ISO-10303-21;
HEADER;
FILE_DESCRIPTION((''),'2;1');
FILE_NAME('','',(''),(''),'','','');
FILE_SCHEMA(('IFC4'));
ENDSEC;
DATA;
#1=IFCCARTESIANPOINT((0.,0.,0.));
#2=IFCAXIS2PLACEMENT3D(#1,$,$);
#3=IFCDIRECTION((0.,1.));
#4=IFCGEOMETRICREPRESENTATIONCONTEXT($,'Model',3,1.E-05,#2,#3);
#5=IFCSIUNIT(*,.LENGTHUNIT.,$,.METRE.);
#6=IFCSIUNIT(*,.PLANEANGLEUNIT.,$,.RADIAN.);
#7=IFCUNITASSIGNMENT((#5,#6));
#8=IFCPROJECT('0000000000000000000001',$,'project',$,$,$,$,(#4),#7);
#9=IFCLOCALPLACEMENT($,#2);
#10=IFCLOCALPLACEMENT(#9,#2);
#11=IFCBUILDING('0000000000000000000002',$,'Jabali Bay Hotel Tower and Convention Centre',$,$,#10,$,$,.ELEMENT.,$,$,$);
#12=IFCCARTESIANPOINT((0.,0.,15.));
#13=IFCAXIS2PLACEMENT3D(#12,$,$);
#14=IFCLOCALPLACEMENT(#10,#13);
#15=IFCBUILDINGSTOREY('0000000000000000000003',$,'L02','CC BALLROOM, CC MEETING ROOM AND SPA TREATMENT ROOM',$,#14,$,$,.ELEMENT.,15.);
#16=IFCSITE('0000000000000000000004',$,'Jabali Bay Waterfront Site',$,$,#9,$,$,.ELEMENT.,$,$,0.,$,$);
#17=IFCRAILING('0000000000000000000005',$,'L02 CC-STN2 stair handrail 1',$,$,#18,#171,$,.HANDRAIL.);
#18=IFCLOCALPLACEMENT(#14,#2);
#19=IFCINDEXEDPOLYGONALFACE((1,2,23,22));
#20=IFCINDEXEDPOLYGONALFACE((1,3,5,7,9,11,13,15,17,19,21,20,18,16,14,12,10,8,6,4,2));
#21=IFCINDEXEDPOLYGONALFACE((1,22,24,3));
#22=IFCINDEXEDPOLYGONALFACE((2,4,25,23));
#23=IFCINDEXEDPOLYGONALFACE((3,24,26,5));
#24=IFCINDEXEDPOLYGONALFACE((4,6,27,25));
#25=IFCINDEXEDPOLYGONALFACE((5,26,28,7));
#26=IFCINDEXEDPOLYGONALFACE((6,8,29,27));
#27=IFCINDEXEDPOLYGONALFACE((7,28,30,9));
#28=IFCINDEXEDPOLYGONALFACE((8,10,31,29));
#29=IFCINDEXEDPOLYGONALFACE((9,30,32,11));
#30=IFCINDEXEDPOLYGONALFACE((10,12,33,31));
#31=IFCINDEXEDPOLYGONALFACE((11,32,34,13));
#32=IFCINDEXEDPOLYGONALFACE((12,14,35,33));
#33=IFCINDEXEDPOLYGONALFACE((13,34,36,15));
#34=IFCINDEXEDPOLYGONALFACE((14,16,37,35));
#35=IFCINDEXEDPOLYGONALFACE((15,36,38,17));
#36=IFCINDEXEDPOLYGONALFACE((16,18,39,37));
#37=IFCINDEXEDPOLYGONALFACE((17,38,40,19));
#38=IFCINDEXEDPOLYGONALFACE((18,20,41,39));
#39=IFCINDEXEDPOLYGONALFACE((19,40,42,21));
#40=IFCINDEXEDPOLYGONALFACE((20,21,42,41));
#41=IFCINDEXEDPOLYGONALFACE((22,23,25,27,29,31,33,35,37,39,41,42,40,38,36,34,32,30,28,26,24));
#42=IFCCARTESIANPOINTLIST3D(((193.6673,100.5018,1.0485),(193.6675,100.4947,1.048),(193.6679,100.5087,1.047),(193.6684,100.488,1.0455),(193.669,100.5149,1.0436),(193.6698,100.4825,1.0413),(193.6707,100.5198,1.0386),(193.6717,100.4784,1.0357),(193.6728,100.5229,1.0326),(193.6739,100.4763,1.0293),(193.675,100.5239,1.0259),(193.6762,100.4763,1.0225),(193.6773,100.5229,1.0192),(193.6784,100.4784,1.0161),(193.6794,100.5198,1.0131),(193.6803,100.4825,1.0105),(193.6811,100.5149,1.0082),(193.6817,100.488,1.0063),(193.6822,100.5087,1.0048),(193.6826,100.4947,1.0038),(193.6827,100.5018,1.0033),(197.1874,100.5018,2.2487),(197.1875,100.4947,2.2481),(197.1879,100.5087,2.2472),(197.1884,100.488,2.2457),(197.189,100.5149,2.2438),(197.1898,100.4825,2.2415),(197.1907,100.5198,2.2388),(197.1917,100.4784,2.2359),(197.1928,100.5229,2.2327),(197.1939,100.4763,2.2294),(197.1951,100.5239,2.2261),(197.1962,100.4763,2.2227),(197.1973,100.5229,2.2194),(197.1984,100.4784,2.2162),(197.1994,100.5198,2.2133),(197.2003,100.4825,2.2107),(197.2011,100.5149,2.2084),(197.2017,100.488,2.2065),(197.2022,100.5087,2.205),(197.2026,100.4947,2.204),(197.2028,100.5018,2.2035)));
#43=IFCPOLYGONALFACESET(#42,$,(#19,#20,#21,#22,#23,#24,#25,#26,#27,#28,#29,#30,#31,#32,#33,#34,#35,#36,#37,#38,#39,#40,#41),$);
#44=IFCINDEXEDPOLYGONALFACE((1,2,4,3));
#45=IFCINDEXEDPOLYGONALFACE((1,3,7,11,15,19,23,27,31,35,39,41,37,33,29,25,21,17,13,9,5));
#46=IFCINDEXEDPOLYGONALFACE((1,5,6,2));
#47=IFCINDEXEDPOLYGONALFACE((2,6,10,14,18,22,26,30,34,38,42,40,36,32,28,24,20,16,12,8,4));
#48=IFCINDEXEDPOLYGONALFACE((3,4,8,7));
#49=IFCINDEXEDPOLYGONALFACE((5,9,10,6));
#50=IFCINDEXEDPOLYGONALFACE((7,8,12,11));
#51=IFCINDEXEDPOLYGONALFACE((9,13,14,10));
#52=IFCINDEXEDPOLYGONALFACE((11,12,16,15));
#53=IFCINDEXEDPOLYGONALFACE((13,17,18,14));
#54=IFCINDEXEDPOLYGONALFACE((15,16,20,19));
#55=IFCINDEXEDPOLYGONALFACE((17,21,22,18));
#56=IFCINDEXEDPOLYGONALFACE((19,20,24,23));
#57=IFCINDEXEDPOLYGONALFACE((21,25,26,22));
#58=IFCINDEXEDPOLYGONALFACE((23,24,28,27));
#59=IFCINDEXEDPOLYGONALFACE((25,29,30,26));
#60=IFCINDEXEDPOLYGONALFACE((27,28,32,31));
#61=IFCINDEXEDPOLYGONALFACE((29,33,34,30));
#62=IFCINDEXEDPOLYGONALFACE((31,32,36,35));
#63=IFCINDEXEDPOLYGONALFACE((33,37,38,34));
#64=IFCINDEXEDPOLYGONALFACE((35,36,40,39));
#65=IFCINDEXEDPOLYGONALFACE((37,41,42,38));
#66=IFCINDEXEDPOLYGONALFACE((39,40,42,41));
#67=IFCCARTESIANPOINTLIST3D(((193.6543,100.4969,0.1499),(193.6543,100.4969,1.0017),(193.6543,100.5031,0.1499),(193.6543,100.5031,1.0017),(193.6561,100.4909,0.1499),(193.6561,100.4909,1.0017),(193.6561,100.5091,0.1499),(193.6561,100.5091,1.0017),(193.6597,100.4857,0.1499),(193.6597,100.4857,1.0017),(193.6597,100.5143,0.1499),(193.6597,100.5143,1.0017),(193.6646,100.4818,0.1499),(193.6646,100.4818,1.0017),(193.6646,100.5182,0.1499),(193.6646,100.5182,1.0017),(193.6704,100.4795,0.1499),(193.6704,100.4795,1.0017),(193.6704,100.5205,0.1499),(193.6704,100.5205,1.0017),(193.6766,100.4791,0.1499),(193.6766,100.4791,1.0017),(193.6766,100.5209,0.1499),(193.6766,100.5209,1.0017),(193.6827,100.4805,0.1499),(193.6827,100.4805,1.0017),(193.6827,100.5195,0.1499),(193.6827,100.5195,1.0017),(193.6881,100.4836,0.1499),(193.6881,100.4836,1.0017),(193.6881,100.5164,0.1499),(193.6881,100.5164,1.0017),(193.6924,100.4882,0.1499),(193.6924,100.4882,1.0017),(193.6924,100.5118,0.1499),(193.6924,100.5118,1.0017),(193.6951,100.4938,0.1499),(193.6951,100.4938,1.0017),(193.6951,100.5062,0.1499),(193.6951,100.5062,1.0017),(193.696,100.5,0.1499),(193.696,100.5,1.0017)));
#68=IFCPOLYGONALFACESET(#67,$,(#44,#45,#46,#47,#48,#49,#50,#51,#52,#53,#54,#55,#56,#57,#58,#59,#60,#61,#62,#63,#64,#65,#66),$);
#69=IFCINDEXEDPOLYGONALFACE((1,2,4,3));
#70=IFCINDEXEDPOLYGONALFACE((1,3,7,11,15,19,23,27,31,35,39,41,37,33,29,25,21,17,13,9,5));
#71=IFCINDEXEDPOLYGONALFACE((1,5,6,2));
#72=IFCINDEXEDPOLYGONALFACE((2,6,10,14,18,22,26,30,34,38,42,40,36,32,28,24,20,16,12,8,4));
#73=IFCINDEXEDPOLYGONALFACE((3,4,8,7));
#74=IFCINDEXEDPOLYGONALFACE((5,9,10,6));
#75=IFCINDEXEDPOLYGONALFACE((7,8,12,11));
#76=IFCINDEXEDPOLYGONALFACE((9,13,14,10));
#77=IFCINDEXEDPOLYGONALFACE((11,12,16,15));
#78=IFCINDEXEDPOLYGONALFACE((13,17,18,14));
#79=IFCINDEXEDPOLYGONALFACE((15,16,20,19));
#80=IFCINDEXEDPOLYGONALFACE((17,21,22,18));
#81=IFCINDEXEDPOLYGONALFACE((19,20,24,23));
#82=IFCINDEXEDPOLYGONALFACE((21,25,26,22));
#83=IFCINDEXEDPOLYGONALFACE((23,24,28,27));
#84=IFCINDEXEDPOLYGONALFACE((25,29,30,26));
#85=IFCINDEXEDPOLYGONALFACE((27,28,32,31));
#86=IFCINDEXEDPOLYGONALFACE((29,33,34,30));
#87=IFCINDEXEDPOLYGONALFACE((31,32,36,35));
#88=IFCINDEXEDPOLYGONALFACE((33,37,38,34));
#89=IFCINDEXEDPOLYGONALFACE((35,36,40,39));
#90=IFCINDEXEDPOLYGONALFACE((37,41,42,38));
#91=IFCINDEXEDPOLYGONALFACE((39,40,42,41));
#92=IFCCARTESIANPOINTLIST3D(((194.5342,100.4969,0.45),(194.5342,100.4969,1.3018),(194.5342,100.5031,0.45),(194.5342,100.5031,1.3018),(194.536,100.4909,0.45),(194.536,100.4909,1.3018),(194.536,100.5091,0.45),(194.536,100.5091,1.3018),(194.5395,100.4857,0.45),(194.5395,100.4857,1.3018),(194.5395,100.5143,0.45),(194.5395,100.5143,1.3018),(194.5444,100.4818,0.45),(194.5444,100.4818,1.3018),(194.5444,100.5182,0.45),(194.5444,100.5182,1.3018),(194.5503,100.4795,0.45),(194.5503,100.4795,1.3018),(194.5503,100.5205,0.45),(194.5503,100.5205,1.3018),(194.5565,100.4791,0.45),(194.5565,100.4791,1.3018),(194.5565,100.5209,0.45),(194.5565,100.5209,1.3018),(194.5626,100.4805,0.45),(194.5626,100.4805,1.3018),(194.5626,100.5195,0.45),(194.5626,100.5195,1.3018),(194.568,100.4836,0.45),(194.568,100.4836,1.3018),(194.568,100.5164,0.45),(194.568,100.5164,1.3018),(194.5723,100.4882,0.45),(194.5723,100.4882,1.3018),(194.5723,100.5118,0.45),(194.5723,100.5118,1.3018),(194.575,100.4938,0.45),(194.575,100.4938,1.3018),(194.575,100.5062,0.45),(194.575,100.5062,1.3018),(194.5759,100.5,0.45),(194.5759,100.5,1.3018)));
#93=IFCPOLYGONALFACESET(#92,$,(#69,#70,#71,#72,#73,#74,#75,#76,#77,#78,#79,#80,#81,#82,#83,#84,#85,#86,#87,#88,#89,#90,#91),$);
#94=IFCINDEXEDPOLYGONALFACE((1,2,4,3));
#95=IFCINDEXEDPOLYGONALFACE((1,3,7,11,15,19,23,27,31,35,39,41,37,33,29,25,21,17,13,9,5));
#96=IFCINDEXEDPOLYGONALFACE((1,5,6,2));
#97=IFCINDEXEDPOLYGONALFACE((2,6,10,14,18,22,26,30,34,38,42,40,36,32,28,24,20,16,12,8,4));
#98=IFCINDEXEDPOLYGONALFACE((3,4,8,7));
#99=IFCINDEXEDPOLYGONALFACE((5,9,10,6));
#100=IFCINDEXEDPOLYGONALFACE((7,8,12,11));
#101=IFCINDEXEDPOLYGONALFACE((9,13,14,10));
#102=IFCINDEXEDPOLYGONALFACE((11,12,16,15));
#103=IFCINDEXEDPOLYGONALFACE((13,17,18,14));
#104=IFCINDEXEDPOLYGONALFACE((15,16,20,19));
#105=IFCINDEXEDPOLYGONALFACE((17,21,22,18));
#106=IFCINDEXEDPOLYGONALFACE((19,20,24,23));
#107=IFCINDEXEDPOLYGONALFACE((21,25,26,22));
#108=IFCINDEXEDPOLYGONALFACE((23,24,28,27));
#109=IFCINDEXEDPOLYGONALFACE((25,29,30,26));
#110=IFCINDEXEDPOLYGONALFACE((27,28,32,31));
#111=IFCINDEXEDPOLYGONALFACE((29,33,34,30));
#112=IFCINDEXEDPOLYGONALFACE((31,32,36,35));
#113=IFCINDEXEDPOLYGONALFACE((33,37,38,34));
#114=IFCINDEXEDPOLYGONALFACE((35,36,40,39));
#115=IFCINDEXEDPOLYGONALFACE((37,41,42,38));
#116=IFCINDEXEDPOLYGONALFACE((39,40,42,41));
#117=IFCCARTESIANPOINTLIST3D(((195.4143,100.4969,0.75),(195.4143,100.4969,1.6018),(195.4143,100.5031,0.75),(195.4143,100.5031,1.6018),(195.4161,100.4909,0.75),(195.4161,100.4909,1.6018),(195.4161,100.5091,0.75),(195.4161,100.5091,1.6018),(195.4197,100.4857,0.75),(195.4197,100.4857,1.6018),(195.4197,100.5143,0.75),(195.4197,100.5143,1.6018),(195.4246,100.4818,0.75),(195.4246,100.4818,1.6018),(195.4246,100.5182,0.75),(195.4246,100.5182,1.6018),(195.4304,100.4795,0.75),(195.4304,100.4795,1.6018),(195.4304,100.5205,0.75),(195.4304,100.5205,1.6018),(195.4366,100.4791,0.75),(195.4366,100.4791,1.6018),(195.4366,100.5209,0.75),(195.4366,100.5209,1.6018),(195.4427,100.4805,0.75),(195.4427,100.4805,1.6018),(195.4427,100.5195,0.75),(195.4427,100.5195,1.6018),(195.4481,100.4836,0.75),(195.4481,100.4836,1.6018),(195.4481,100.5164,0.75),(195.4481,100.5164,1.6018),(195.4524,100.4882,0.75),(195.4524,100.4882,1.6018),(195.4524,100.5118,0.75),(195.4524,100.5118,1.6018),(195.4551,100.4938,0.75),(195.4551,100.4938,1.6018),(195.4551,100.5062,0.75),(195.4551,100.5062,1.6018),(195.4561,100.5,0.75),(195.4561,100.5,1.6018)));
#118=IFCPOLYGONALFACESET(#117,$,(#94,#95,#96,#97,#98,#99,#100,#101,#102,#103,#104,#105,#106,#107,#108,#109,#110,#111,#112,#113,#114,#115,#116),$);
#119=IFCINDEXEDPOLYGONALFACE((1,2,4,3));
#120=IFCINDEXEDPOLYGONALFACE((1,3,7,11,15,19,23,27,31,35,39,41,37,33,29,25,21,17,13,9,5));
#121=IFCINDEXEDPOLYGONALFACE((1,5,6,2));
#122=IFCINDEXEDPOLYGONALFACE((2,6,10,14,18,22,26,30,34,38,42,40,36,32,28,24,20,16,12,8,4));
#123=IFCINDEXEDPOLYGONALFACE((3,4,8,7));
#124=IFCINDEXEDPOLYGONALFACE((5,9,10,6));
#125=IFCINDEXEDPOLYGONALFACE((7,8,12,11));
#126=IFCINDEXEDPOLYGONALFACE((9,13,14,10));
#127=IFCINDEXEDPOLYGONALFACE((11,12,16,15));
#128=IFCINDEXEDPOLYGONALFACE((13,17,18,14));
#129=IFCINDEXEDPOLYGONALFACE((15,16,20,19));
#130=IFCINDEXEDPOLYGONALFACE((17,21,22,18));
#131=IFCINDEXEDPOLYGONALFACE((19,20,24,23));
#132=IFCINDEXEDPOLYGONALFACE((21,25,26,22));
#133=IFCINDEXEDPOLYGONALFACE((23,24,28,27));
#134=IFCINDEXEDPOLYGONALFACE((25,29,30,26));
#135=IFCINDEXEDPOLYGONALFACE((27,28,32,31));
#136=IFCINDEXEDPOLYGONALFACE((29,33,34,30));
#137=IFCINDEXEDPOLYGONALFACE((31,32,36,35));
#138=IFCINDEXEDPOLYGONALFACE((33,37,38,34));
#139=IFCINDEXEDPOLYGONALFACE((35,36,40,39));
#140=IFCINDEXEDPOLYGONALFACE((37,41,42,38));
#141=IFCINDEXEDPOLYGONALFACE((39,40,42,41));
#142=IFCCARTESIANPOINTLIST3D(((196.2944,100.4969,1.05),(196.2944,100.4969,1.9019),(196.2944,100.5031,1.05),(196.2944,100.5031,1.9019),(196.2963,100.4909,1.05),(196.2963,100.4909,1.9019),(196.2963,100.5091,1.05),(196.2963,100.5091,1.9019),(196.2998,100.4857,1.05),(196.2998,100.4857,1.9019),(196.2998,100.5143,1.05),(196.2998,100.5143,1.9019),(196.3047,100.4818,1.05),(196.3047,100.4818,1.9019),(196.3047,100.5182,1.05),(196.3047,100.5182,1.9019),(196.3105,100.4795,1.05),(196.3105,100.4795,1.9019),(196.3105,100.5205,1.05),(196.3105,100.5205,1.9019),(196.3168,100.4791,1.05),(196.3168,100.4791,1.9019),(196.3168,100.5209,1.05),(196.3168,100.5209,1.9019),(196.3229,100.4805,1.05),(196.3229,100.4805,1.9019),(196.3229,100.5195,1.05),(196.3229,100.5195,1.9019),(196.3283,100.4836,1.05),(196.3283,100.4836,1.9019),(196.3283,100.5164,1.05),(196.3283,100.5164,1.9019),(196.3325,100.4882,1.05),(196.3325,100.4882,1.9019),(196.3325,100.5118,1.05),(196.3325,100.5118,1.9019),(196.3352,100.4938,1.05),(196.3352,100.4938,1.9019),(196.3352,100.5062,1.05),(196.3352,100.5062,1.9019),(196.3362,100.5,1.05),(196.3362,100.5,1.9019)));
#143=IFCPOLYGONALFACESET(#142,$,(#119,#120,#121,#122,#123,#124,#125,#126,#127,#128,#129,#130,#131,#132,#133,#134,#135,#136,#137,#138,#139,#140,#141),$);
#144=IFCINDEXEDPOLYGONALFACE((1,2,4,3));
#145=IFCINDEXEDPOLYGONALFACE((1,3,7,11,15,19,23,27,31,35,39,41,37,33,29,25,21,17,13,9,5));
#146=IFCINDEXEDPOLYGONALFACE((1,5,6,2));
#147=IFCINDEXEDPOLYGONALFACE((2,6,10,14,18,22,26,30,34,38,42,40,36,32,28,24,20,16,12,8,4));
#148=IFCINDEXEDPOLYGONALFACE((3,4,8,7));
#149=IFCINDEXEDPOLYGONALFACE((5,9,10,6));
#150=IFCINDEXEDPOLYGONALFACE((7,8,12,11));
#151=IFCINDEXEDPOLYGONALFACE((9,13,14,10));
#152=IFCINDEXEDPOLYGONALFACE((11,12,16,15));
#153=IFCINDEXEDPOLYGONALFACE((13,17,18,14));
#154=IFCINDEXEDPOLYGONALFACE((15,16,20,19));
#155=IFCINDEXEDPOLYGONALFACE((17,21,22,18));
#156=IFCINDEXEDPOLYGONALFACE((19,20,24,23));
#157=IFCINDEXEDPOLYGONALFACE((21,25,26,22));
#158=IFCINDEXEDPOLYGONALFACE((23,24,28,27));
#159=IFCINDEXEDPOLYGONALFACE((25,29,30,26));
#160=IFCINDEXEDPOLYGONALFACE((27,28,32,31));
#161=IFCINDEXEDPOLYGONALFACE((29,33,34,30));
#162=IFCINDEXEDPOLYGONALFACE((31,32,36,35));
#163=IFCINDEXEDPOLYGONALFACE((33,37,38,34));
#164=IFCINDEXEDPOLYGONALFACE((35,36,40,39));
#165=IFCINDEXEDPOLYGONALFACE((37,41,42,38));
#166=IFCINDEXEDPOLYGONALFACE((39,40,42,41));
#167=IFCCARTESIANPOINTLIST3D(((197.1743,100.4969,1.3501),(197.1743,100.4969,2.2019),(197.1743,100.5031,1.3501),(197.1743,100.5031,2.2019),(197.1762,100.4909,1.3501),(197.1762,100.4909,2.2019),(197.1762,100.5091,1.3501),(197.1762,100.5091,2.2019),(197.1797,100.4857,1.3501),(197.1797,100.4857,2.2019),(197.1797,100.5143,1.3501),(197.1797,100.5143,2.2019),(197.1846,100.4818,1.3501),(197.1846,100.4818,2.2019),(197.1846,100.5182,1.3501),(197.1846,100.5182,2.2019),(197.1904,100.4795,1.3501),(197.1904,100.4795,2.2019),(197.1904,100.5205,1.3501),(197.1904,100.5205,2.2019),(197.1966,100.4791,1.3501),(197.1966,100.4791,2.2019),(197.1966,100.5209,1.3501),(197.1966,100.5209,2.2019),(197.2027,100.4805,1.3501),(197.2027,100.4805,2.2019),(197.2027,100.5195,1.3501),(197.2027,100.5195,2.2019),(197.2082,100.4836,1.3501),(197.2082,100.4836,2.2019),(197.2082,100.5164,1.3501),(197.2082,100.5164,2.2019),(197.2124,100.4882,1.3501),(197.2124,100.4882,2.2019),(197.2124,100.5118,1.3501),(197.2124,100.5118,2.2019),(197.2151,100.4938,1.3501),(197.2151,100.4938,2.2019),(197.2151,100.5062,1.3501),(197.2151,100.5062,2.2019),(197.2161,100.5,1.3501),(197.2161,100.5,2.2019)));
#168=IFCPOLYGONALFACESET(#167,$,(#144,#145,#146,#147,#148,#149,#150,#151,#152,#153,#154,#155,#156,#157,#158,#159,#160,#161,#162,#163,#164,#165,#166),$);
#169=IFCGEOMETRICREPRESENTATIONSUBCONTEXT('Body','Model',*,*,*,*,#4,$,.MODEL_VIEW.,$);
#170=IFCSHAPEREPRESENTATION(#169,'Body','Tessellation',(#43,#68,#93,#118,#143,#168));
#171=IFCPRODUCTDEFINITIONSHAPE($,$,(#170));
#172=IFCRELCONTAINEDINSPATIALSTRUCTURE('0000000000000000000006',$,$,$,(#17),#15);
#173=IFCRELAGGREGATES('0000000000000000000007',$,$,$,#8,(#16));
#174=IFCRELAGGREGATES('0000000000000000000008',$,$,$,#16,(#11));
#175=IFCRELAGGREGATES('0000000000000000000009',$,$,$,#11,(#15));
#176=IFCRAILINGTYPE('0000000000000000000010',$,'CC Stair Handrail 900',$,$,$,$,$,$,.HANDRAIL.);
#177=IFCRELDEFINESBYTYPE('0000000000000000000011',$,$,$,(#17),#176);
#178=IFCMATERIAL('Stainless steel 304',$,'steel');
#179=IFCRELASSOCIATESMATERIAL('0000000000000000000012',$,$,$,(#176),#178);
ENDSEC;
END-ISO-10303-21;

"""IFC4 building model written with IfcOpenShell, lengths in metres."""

from ifc_helpers import new_model, si_unit, direction, frame, origin, origin_2d, place, context, subcontext, project, spatial, circle, extrude, material, type_object, element, save


model = new_model("IFC4")

# Units and contexts
model_context = context("Model", 3, precision=1e-05, world=origin(), true_north=direction((0.0, 1.0)))
body_context = subcontext(model_context, "Body", "Model", "MODEL_VIEW")
ifc_project = project(units=[si_unit("LENGTHUNIT", "METRE"), si_unit("PLANEANGLEUNIT", "RADIAN")], contexts=[model_context])

# Site, building, storey
site_placement = place(None, origin())
site = spatial("IfcSite", under=ifc_project, at=site_placement, Name="Jabali Bay Waterfront Site", CompositionType="ELEMENT", RefElevation=0.0)
building_placement = place(site_placement, origin())
building = spatial("IfcBuilding", under=site, at=building_placement, Name="Jabali Bay Hotel Tower and Convention Centre", CompositionType="ELEMENT")
storey_placement = place(building_placement, frame((0.0, 0.0, 15.0)))
storey = spatial("IfcBuildingStorey", under=building, at=storey_placement, Name="L02", Description="CC BALLROOM, CC MEETING ROOM AND SPA TREATMENT ROOM", CompositionType="ELEMENT", Elevation=15.0)

# Railing
ifc_material_1 = material(Name="Stainless steel 304", Category="steel")
railing_type = type_object("IfcRailingType", Name="CC Stair Handrail 900", PredefinedType="HANDRAIL", material=ifc_material_1)
railing_1_placement = place(storey_placement, frame((193.675, 100.5, 0.1499)))
element("IfcRailing", 1, at=railing_1_placement, inside=storey, type_object=railing_type, Name="L02 CC-STN2 stair handrail 1", PredefinedType="HANDRAIL", context=body_context, shape_type="SweptSolid", body=[
    extrude(circle(Radius=0.0239, at=origin_2d()), frame((0.0, 0.0, 0.876), z_axis=(0.946495, 0.0, 0.322719), x_axis=(0.0, 1.0, 0.0)), (0.0, 0.0, 1.0), 3.719),
    extrude(circle(Radius=0.021, at=origin_2d()), origin(), (0.0, 0.0, 1.0), 0.8518),
    extrude(circle(Radius=0.021, at=origin_2d()), frame((0.8799, 0.0, 0.3)), (0.0, 0.0, 1.0), 0.8518),
    extrude(circle(Radius=0.021, at=origin_2d()), frame((1.76, 0.0, 0.6001)), (0.0, 0.0, 1.0), 0.8518),
    extrude(circle(Radius=0.021, at=origin_2d()), frame((2.6401, 0.0, 0.9001)), (0.0, 0.0, 1.0), 0.8518),
    extrude(circle(Radius=0.021, at=origin_2d()), frame((3.52, 0.0, 1.2002)), (0.0, 0.0, 1.0), 0.8518),
])

save(model, "model.ifc")
